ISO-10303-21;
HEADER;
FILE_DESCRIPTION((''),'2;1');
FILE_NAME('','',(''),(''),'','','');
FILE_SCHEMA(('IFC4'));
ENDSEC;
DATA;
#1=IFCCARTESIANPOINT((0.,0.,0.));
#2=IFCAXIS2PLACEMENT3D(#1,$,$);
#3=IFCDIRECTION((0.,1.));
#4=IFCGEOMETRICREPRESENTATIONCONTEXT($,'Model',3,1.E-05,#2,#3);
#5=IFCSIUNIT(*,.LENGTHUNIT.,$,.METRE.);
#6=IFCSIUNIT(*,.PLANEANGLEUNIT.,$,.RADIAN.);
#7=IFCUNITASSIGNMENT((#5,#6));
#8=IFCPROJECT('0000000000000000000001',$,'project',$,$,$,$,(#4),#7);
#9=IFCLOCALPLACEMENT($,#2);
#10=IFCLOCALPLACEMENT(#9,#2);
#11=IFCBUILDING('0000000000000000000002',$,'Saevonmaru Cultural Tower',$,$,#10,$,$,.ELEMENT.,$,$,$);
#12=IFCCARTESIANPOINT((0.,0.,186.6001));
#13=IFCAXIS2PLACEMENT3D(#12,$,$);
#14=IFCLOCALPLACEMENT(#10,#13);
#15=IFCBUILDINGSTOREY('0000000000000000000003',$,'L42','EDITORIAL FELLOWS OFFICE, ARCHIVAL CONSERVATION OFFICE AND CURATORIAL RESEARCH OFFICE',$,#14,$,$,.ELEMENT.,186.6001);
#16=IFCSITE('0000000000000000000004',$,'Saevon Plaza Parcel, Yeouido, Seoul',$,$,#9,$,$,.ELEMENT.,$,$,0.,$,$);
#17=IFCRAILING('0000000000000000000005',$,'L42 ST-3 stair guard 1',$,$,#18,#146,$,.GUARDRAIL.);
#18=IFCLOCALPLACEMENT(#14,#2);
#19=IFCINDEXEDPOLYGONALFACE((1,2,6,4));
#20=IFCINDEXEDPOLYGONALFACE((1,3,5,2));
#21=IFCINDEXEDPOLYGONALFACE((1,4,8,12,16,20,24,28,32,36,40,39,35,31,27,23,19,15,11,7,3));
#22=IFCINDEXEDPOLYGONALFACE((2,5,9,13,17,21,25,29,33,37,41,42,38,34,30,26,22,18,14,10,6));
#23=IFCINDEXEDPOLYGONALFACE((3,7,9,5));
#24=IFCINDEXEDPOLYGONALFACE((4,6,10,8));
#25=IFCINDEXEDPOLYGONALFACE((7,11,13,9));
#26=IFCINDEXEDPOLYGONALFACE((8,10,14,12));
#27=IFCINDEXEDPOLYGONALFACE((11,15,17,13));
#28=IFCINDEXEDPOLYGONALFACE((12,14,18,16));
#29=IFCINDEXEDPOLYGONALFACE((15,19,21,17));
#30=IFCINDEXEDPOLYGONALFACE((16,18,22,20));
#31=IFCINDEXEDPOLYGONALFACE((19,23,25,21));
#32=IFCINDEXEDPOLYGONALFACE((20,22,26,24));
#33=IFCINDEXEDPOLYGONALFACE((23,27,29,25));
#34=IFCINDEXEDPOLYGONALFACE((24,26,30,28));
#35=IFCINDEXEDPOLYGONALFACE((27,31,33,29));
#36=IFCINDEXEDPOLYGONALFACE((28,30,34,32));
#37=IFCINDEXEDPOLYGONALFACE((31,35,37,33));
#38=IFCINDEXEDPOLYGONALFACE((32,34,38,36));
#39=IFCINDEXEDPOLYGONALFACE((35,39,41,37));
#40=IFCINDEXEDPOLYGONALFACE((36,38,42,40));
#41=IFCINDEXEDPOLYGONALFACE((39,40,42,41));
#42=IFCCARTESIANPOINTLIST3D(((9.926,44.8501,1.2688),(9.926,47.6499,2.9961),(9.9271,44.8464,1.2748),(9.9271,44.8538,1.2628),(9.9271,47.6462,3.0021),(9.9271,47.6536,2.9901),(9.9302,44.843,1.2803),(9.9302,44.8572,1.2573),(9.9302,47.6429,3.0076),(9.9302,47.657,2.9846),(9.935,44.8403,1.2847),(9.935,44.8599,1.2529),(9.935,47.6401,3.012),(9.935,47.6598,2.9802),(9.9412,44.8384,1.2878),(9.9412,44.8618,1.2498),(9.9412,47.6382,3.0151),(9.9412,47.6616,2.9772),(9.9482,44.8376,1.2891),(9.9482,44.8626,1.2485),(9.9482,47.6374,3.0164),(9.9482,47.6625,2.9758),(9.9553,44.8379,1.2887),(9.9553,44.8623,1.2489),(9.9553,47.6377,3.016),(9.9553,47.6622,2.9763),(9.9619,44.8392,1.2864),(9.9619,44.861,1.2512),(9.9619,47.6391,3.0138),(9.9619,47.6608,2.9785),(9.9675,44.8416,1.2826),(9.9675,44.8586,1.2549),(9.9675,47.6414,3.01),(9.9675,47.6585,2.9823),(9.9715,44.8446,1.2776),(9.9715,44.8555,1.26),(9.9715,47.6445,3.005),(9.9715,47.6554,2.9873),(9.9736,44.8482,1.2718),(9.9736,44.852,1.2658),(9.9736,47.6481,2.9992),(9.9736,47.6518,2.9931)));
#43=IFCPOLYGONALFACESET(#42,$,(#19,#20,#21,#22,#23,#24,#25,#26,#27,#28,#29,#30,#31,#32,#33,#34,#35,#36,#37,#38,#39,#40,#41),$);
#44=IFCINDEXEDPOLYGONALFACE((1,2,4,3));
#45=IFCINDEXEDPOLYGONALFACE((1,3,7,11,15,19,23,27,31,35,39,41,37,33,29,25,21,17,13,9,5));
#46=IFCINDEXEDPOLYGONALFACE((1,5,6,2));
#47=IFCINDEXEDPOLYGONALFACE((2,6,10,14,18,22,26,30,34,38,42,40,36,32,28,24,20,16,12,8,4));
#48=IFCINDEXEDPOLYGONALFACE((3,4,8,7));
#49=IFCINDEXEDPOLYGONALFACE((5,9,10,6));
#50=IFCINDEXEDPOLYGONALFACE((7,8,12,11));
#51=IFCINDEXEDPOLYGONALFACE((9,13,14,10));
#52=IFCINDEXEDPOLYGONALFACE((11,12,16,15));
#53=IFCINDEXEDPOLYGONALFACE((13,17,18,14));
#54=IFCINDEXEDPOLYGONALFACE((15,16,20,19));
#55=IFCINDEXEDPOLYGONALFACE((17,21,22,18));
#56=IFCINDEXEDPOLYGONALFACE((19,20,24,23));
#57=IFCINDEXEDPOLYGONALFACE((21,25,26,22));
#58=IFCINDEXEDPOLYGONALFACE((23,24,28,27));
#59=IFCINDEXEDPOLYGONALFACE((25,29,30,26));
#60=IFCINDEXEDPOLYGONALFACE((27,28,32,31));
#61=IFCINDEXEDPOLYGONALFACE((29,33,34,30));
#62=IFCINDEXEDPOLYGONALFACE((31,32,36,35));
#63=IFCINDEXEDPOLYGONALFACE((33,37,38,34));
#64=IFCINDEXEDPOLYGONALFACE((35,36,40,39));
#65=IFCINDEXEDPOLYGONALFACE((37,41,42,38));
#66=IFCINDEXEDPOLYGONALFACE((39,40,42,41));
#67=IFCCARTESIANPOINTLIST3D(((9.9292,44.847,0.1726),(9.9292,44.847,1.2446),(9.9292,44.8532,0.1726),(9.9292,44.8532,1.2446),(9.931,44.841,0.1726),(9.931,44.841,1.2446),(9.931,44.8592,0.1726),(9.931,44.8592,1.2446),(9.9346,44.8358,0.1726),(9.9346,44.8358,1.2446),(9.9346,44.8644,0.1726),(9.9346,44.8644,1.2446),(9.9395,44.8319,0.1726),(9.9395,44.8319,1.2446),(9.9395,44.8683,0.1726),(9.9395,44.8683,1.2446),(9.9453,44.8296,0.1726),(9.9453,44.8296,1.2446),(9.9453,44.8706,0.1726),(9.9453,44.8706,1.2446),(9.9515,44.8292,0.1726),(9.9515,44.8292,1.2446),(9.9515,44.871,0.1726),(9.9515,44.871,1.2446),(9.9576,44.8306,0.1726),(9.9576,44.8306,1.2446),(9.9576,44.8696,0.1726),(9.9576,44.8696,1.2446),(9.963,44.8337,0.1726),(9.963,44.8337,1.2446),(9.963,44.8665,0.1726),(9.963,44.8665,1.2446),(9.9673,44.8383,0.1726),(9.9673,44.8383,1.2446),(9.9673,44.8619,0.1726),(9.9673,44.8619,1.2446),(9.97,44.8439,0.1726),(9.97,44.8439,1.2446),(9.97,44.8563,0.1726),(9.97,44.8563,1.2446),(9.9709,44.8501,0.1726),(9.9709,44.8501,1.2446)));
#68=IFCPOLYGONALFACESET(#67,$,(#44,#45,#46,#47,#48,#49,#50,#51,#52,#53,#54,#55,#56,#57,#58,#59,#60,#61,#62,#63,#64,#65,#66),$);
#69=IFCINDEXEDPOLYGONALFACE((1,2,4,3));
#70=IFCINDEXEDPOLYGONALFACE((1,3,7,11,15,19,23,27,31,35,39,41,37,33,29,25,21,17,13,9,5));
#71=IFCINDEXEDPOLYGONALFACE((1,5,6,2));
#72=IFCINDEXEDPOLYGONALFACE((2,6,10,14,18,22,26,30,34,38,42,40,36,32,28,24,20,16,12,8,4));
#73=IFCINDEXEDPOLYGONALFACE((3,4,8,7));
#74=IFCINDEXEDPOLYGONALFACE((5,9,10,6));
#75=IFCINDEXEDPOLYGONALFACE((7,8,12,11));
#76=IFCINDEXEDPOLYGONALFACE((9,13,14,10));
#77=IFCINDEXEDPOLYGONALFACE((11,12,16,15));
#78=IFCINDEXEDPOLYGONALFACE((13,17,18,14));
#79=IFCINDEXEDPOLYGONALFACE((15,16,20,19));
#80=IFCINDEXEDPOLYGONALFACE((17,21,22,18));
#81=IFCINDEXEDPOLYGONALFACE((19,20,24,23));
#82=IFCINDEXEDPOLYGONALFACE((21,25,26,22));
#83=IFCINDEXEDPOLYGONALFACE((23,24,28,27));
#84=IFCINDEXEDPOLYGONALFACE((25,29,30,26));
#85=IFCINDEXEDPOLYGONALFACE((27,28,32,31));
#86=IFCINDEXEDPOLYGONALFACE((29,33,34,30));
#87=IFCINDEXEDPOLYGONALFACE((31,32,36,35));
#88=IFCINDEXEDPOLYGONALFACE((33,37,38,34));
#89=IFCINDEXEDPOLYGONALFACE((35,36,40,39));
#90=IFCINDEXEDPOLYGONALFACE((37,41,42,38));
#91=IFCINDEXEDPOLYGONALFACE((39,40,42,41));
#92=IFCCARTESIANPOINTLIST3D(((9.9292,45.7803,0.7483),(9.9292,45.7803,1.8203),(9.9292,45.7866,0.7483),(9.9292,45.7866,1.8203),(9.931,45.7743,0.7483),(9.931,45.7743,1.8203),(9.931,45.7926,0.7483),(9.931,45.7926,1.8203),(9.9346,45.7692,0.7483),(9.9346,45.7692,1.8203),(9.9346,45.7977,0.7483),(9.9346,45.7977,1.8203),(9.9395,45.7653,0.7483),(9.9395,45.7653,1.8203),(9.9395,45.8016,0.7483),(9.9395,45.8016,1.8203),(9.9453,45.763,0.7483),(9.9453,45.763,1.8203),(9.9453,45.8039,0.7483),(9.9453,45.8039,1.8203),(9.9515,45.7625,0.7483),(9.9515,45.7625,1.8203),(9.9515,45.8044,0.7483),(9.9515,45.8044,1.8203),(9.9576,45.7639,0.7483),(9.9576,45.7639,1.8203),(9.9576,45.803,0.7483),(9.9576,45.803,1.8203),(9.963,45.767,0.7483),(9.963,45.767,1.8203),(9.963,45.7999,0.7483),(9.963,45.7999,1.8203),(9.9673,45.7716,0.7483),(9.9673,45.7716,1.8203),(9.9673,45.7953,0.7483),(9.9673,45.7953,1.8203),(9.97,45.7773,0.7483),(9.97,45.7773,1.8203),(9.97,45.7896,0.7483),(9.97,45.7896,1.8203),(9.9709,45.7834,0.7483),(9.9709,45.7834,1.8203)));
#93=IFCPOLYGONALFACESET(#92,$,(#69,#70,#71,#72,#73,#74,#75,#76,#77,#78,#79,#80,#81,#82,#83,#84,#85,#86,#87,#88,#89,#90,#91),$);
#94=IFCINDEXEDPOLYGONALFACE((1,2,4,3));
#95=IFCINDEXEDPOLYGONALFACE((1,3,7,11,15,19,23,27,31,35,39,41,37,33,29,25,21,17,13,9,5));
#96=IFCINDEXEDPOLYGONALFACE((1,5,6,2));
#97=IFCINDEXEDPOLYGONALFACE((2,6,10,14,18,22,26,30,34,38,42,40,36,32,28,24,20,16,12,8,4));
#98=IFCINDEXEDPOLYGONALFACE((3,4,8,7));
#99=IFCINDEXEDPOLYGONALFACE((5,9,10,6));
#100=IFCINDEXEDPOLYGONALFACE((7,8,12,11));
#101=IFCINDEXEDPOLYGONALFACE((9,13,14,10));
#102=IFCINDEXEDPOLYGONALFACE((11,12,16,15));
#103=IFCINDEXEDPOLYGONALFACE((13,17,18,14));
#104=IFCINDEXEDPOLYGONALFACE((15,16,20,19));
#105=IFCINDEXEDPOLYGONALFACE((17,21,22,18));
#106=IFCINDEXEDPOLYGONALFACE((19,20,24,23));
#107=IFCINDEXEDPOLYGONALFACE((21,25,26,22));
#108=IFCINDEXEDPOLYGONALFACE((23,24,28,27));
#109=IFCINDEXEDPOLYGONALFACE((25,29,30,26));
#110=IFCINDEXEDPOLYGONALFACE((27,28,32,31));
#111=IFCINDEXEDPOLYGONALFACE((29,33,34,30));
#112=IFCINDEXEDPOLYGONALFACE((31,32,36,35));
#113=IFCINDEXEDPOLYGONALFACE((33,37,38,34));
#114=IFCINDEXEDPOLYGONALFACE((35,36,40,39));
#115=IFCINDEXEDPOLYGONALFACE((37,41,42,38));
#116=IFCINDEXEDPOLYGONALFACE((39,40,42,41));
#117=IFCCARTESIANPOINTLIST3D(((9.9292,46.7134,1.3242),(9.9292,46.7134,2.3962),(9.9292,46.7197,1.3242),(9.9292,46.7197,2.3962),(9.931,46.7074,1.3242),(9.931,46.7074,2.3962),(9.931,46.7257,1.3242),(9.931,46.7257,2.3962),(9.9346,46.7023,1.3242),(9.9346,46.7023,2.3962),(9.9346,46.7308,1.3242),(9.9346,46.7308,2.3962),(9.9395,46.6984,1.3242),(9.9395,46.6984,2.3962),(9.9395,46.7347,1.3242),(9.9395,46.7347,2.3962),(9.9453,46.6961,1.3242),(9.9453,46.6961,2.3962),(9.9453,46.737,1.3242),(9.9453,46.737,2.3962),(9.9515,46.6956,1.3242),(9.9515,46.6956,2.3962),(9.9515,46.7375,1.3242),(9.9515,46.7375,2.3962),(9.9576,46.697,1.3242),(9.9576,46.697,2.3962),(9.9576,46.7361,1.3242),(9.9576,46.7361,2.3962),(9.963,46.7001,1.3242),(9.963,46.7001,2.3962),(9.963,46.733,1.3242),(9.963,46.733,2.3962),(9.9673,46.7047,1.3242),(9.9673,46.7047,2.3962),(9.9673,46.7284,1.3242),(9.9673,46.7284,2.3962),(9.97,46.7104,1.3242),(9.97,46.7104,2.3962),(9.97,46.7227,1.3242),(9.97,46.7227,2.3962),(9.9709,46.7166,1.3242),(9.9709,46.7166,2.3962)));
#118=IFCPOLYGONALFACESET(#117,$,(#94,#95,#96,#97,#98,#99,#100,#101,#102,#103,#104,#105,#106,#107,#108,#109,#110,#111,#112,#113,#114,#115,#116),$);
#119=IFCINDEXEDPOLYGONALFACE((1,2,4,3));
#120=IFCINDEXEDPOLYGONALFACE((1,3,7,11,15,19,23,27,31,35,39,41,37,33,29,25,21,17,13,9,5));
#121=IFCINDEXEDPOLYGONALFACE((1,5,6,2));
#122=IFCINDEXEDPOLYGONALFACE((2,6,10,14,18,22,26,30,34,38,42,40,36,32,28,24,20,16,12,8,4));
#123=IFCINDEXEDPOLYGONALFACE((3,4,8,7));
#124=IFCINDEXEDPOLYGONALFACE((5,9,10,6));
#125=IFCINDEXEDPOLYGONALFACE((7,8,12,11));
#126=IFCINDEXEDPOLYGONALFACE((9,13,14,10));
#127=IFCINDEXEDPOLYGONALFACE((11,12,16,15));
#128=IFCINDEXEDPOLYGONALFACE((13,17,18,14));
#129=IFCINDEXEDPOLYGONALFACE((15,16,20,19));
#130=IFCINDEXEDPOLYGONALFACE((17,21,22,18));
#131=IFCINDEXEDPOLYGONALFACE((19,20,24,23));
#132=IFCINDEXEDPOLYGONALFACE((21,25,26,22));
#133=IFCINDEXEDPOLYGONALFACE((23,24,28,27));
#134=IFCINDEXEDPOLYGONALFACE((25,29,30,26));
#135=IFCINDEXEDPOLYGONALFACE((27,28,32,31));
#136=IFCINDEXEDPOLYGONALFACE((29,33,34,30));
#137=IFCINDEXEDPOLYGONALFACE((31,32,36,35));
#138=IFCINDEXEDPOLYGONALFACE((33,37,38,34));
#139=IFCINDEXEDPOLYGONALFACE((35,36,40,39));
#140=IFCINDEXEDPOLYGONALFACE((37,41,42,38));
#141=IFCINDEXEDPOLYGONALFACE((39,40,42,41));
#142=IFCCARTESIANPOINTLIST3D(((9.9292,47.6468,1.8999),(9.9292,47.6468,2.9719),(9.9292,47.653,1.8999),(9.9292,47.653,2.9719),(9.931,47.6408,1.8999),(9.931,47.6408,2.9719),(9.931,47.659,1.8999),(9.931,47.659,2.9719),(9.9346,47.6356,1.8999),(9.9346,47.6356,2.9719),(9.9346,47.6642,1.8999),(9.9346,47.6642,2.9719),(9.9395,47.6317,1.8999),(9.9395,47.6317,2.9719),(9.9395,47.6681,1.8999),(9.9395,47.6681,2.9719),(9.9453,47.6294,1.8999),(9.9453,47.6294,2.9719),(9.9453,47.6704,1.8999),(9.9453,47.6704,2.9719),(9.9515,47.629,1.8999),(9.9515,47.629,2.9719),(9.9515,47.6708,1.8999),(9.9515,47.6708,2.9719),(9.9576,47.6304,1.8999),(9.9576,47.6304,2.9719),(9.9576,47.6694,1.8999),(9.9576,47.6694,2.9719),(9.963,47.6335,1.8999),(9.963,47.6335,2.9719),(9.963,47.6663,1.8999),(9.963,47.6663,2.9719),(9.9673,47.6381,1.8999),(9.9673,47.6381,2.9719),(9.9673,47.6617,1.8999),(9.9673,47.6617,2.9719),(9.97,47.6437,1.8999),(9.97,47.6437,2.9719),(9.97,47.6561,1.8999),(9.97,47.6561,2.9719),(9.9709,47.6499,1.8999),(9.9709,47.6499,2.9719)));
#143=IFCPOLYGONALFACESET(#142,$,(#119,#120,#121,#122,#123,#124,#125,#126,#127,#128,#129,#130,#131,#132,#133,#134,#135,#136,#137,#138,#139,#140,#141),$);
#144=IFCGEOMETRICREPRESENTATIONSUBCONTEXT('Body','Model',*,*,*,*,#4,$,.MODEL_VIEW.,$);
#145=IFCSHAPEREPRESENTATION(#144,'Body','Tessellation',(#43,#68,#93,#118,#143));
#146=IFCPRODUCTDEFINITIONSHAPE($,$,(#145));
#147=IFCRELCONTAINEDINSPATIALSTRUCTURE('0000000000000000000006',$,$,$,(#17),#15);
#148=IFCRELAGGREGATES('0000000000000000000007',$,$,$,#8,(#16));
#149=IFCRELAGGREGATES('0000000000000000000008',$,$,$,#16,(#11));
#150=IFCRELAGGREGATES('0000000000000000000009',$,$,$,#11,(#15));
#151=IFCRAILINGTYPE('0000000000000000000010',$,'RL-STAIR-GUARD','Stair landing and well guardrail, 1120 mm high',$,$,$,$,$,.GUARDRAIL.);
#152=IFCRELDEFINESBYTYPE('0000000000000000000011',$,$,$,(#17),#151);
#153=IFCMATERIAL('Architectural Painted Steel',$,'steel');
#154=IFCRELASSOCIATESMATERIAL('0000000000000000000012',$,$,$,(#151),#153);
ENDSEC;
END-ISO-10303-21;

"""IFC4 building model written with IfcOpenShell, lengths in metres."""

from ifc_helpers import new_model, si_unit, direction, frame, origin, origin_2d, place, context, subcontext, project, spatial, circle, extrude, material, type_object, element, save


model = new_model("IFC4")

# Units and contexts
model_context = context("Model", 3, precision=1e-05, world=origin(), true_north=direction((0.0, 1.0)))
body_context = subcontext(model_context, "Body", "Model", "MODEL_VIEW")
ifc_project = project(units=[si_unit("LENGTHUNIT", "METRE"), si_unit("PLANEANGLEUNIT", "RADIAN")], contexts=[model_context])

# Site, building, storey
site_placement = place(None, origin())
site = spatial("IfcSite", under=ifc_project, at=site_placement, Name="Saevon Plaza Parcel, Yeouido, Seoul", CompositionType="ELEMENT", RefElevation=0.0)
building_placement = place(site_placement, origin())
building = spatial("IfcBuilding", under=site, at=building_placement, Name="Saevonmaru Cultural Tower", CompositionType="ELEMENT")
storey_placement = place(building_placement, frame((0.0, 0.0, 186.6001)))
storey = spatial("IfcBuildingStorey", under=building, at=storey_placement, Name="L42", Description="EDITORIAL FELLOWS OFFICE, ARCHIVAL CONSERVATION OFFICE AND CURATORIAL RESEARCH OFFICE", CompositionType="ELEMENT", Elevation=186.6001)

# Railing
ifc_material_1 = material(Name="Architectural Painted Steel", Category="steel")
railing_type_1 = type_object("IfcRailingType", Name="RL-STAIR-GUARD", Description="Stair landing and well guardrail, 1120 mm high", PredefinedType="GUARDRAIL", material=ifc_material_1)
railing_1_placement = place(storey_placement, frame((9.95, 44.8501, 0.1726)))
element("IfcRailing", 1, at=railing_1_placement, inside=storey, type_object=railing_type_1, Name="L42 ST-3 stair guard 1", PredefinedType="GUARDRAIL", context=body_context, shape_type="SweptSolid", body=[
    extrude(circle(Radius=0.0239, at=origin_2d()), frame((0.0, 0.0, 1.0962), z_axis=(0.0, 0.851069, 0.525054), x_axis=(-1.0, 0.0, 0.0)), (0.0, 0.0, 1.0), 3.2898),
    extrude(circle(Radius=0.021, at=origin_2d()), origin(), (0.0, 0.0, 1.0), 1.072),
    extrude(circle(Radius=0.021, at=origin_2d()), frame((0.0, 0.9333, 0.5757)), (0.0, 0.0, 1.0), 1.072),
    extrude(circle(Radius=0.021, at=origin_2d()), frame((0.0, 1.8665, 1.1516)), (0.0, 0.0, 1.0), 1.072),
    extrude(circle(Radius=0.021, at=origin_2d()), frame((0.0, 2.7998, 1.7273)), (0.0, 0.0, 1.0), 1.072),
])

save(model, "model.ifc")
